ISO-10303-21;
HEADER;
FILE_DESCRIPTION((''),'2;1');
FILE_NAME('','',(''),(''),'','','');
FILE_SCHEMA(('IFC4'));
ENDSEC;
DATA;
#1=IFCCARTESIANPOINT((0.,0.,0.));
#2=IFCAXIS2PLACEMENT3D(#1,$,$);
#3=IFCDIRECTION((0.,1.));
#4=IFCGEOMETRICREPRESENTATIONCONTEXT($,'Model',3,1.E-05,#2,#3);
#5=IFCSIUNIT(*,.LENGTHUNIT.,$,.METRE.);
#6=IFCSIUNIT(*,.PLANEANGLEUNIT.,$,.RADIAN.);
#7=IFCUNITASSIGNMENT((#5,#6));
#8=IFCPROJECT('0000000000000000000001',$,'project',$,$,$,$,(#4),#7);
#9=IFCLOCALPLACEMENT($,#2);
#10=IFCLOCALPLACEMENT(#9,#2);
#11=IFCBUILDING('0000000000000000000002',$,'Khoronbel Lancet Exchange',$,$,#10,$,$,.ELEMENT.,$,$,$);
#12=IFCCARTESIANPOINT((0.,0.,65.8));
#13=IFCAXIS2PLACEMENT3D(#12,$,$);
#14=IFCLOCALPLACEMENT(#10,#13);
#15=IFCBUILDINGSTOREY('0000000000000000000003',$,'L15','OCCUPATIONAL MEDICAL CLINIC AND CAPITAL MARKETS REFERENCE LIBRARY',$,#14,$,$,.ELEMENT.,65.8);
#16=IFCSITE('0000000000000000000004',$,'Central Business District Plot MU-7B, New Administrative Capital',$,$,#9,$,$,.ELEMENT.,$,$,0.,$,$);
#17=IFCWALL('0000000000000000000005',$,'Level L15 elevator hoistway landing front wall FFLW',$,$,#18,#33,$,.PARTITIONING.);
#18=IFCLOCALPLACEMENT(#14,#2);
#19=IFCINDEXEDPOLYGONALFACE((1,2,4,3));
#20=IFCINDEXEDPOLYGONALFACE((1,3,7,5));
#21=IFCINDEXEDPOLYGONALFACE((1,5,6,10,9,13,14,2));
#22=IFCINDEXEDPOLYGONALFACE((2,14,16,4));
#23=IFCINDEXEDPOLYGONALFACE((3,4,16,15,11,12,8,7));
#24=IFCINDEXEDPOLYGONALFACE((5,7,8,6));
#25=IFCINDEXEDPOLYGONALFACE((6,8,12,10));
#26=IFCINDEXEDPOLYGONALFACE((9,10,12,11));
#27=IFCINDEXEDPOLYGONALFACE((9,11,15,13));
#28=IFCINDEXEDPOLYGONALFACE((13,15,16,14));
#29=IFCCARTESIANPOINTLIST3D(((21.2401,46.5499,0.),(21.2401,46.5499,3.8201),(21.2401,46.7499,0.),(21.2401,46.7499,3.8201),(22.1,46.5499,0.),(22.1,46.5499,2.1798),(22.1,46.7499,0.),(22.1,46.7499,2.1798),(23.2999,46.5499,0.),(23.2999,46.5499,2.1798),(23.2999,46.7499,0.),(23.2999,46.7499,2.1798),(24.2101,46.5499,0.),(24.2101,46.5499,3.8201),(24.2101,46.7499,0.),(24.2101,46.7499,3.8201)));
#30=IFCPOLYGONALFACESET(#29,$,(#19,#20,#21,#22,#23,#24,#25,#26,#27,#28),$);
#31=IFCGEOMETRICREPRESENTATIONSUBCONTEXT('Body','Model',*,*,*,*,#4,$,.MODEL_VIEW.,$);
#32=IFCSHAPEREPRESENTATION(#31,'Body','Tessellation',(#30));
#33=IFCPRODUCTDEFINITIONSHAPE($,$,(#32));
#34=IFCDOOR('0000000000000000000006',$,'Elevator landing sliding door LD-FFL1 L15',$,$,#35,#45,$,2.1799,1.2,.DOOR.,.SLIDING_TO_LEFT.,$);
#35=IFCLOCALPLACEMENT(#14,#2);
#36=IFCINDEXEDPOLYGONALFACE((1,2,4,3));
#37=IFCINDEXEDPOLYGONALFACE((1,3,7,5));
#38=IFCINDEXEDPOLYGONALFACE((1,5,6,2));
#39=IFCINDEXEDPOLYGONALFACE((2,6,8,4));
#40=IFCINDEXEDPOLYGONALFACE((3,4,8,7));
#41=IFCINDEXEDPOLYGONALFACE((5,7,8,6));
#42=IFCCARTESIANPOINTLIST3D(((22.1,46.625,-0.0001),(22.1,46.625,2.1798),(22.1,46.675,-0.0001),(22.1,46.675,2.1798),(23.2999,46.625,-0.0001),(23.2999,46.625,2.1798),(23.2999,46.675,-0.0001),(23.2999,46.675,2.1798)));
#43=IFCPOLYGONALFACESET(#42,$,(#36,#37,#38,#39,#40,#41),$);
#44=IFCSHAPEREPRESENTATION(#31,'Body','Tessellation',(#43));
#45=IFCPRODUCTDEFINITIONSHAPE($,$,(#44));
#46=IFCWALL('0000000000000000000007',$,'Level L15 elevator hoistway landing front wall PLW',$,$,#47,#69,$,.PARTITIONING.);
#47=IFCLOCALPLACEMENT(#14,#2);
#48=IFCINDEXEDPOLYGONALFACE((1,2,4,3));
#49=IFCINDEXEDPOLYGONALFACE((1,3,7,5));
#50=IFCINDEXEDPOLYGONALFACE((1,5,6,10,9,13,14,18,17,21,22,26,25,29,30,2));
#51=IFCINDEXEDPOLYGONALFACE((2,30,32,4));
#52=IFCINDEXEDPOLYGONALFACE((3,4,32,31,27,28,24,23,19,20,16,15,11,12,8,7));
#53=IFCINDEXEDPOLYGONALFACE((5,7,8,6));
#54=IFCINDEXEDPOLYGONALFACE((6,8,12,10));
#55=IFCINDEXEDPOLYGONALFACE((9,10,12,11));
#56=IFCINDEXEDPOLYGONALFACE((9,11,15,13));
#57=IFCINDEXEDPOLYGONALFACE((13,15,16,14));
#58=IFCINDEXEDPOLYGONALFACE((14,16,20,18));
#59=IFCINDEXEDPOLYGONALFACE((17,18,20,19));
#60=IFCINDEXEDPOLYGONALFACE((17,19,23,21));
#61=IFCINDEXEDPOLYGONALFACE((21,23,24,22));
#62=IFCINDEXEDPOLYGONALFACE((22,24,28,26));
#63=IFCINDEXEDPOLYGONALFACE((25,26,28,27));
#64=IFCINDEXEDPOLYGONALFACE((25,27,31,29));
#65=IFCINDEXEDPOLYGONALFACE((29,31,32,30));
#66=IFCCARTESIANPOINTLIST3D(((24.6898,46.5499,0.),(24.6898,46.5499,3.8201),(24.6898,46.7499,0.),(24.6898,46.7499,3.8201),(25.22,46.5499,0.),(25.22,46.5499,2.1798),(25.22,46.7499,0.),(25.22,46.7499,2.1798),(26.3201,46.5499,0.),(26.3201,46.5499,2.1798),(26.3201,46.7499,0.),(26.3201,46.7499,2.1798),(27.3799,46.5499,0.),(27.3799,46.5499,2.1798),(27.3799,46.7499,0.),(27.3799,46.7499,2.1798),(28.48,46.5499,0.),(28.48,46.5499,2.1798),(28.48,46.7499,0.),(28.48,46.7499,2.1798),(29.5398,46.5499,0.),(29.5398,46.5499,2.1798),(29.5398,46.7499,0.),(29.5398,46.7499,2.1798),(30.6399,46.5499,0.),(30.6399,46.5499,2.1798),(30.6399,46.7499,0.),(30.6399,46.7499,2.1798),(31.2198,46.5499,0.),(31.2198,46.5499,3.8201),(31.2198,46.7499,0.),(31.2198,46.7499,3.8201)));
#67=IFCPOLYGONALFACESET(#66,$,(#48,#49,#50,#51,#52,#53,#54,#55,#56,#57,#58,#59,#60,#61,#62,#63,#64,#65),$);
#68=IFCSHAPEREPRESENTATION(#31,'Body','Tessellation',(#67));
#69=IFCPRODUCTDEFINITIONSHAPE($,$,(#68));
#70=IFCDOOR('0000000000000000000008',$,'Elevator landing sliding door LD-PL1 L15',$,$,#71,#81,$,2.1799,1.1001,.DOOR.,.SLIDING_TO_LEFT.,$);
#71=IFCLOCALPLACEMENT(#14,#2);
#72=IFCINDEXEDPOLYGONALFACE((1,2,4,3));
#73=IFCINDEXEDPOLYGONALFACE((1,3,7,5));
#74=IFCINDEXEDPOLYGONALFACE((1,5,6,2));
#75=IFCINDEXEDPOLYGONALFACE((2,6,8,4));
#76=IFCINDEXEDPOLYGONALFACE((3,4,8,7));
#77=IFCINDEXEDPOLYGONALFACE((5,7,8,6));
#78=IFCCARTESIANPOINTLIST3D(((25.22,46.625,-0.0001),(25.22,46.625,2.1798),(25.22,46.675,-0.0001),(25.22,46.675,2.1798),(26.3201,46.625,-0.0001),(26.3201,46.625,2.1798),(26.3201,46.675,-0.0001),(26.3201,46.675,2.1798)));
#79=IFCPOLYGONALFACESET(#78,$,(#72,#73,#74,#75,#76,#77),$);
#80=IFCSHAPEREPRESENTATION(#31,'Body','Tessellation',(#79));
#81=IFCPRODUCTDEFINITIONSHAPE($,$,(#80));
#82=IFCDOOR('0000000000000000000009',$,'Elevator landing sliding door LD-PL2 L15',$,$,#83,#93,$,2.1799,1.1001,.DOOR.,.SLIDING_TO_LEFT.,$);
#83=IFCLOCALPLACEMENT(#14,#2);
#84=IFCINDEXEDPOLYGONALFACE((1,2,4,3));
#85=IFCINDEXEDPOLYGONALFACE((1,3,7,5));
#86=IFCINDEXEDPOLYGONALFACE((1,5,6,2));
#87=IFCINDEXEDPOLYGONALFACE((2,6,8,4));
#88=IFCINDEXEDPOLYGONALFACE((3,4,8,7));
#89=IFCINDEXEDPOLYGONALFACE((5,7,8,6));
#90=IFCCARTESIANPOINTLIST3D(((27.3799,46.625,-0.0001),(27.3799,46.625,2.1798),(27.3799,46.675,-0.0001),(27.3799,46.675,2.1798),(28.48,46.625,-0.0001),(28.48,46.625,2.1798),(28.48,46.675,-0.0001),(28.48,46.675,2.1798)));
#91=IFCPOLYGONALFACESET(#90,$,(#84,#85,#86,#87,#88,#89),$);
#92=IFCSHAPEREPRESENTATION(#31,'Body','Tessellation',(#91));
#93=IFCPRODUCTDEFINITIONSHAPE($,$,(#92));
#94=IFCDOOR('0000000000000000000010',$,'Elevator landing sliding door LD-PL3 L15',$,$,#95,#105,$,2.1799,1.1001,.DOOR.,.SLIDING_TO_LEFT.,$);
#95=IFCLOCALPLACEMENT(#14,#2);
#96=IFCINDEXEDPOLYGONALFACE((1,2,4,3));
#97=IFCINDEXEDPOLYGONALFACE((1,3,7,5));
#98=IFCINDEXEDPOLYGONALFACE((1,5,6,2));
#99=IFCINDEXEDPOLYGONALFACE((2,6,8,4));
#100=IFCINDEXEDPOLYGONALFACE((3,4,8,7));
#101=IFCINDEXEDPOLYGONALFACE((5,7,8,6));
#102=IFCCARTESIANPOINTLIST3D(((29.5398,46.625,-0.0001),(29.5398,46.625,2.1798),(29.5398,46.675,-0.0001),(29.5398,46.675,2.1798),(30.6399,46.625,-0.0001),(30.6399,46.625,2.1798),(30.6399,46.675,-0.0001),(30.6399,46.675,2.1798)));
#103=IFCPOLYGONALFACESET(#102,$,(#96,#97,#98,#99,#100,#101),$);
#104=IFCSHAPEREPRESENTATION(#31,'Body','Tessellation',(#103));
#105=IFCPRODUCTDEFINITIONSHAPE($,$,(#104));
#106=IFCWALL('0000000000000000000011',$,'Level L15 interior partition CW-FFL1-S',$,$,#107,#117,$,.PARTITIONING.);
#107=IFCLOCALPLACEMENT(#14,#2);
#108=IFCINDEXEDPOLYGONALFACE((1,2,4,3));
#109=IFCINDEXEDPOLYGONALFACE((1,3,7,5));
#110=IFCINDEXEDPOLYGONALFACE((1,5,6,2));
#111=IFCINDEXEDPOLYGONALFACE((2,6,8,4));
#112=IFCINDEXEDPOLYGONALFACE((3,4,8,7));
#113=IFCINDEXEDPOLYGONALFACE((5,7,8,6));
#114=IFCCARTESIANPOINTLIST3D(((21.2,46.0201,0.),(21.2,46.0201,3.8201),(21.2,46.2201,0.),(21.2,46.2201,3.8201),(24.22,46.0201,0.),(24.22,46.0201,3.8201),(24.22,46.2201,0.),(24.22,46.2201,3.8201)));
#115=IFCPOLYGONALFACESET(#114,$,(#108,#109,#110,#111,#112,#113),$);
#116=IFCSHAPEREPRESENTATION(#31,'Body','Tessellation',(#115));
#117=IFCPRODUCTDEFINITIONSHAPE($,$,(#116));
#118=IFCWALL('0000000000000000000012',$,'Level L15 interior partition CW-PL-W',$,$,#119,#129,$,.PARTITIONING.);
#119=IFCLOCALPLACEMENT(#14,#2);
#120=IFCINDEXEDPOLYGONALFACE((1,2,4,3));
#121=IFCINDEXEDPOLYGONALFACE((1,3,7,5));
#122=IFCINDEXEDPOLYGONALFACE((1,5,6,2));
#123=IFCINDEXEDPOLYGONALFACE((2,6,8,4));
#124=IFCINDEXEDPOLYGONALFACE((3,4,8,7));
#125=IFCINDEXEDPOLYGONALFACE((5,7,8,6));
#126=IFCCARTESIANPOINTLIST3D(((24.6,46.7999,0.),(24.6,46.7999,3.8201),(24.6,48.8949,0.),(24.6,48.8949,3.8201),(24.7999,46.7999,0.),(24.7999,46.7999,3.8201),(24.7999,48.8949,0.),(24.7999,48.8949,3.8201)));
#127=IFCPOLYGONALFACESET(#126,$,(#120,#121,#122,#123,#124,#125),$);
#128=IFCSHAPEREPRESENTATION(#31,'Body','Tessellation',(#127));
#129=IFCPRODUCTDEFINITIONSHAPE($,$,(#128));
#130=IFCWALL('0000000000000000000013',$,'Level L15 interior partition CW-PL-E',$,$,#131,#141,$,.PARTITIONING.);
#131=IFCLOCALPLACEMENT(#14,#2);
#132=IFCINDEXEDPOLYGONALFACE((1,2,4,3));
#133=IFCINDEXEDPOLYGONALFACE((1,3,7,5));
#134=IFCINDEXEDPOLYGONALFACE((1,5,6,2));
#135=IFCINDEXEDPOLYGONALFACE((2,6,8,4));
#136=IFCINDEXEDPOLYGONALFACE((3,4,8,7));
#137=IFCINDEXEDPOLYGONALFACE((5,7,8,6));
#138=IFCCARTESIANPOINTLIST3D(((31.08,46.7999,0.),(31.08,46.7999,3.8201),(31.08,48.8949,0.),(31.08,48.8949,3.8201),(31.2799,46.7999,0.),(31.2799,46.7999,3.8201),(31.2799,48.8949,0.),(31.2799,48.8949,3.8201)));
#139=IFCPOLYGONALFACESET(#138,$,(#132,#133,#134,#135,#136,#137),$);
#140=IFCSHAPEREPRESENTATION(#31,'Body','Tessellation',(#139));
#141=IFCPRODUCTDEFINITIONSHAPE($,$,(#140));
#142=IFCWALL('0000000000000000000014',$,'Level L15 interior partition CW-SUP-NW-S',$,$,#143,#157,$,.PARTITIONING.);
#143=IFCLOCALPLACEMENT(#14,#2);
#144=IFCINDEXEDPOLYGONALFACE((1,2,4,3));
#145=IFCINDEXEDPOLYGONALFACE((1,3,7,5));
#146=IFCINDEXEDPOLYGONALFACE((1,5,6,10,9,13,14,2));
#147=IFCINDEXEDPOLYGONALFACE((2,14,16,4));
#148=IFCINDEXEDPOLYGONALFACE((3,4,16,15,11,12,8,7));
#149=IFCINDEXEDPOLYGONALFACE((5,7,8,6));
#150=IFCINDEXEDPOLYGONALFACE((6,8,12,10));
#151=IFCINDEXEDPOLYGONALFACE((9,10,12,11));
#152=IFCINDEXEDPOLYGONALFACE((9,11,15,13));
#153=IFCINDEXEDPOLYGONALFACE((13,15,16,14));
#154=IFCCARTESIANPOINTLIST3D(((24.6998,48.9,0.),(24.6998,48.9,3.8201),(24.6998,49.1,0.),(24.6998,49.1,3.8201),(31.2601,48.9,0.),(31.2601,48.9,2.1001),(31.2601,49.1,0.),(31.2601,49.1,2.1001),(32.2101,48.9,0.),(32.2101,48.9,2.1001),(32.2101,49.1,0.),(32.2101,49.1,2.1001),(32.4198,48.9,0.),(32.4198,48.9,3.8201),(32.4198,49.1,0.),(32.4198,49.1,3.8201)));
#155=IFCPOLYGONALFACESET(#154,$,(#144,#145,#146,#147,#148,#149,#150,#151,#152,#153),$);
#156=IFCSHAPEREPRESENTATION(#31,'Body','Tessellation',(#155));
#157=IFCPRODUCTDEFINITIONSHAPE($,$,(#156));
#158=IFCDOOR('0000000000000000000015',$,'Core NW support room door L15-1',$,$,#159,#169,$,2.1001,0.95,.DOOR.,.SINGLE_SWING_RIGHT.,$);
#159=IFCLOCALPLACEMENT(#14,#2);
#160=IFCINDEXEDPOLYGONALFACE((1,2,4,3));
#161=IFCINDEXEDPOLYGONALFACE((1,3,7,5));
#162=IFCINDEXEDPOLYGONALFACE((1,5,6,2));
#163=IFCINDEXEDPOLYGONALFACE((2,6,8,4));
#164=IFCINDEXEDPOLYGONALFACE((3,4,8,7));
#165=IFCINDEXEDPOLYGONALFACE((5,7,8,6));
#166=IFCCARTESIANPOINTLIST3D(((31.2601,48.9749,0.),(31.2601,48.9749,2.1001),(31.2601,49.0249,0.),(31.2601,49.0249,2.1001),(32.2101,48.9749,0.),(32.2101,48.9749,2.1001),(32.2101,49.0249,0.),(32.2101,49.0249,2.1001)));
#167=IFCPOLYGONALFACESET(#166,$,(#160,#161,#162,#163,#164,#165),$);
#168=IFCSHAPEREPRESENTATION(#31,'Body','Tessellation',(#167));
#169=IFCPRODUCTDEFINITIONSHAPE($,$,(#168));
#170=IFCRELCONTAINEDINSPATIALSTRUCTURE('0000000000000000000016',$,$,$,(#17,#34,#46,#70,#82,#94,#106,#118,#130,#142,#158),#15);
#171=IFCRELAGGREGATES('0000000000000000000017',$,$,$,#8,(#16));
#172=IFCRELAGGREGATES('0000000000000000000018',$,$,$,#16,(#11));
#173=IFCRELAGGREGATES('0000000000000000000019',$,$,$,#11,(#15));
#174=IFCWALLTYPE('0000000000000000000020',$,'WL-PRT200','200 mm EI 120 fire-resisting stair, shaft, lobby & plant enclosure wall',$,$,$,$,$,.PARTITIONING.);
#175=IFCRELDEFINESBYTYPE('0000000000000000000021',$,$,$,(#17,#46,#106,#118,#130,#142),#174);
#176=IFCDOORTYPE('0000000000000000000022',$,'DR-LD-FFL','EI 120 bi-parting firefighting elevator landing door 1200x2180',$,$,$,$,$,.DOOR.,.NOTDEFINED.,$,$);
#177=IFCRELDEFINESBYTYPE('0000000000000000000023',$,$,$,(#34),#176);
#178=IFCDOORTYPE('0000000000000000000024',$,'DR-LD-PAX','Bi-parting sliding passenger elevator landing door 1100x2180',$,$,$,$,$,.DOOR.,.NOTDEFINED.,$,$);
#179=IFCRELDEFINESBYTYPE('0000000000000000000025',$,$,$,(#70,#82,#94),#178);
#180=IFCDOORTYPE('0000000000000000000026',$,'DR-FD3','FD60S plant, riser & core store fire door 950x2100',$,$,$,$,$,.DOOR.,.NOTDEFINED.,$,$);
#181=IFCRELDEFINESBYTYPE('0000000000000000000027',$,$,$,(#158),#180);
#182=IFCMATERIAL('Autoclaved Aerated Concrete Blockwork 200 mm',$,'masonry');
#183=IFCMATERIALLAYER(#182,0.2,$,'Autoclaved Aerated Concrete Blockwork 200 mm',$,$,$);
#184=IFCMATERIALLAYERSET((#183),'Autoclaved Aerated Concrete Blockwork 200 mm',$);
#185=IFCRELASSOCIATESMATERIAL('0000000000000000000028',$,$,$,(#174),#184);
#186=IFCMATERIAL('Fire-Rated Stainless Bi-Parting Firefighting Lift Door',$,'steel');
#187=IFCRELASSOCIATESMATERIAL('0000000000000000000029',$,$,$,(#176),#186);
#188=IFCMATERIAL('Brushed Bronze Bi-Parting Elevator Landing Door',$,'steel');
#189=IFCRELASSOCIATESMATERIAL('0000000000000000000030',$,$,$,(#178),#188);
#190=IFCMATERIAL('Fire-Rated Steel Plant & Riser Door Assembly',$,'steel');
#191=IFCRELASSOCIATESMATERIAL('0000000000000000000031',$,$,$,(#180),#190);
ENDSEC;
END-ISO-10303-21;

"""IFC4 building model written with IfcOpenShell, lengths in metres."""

from ifc_helpers import new_model, si_unit, direction, frame, frame_2d, origin, place, context, subcontext, project, spatial, rectangle, extrude, material, layer, layer_set, type_object, element, fill, save


model = new_model("IFC4")

# Units and contexts
model_context = context("Model", 3, precision=1e-05, world=origin(), true_north=direction((0.0, 1.0)))
body_context = subcontext(model_context, "Body", "Model", "MODEL_VIEW")
ifc_project = project(units=[si_unit("LENGTHUNIT", "METRE"), si_unit("PLANEANGLEUNIT", "RADIAN")], contexts=[model_context])

# Site, building, storey
site_placement = place(None, origin())
site = spatial("IfcSite", under=ifc_project, at=site_placement, Name="Central Business District Plot MU-7B, New Administrative Capital", CompositionType="ELEMENT", RefElevation=0.0)
building_placement = place(site_placement, origin())
building = spatial("IfcBuilding", under=site, at=building_placement, Name="Khoronbel Lancet Exchange", CompositionType="ELEMENT")
storey_placement = place(building_placement, frame((0.0, 0.0, 65.8)))
storey = spatial("IfcBuildingStorey", under=building, at=storey_placement, Name="L15", Description="OCCUPATIONAL MEDICAL CLINIC AND CAPITAL MARKETS REFERENCE LIBRARY", CompositionType="ELEMENT", Elevation=65.8)

# Wall, opening, door
ifc_material_1 = material(Name="Autoclaved Aerated Concrete Blockwork 200 mm", Category="masonry")
ifc_layer_1 = layer(ifc_material_1, 0.2, Name="Autoclaved Aerated Concrete Blockwork 200 mm")
ifc_layer_set_1 = layer_set([ifc_layer_1], Name="Autoclaved Aerated Concrete Blockwork 200 mm")
wall_type_1 = type_object("IfcWallType", Name="WL-PRT200", Description="200 mm EI 120 fire-resisting stair, shaft, lobby & plant enclosure wall", PredefinedType="PARTITIONING", material=ifc_layer_set_1)
wall_1_placement = place(storey_placement, frame((24.21, 46.6499, 0.0), z_axis=(0.0, 0.0, 1.0), x_axis=(-1.0, 0.0, 0.0)))
wall_1 = element("IfcWall", 1, at=wall_1_placement, inside=storey, type_object=wall_type_1, Name="Level L15 elevator hoistway landing front wall FFLW", PredefinedType="PARTITIONING", context=body_context, shape_type="SweptSolid", body=[
    extrude(rectangle(XDim=2.97, YDim=0.2, at=frame_2d((1.4849, 0.0))), origin(), (0.0, 0.0, 1.0), 3.8201),
])
opening_1_placement = place(wall_1_placement, frame((0.9099, 0.0, 0.0)))
opening_1 = element("IfcOpeningElement", 2, at=opening_1_placement, cuts=wall_1, PredefinedType="OPENING", context=body_context, shape_type="SweptSolid", body=[
    extrude(rectangle(XDim=1.2, YDim=2.1799, at=frame_2d((0.6001, 1.0898))), frame((0.0, 0.1099, 0.0), z_axis=(0.0, -1.0, 0.0), x_axis=(1.0, 0.0, 0.0)), (0.0, 0.0, 1.0), 0.22),
])
ifc_material_2 = material(Name="Fire-Rated Stainless Bi-Parting Firefighting Lift Door", Category="steel")
door_type_1 = type_object("IfcDoorType", Name="DR-LD-FFL", Description="EI 120 bi-parting firefighting elevator landing door 1200x2180", OperationType="NOTDEFINED", PredefinedType="DOOR", material=ifc_material_2)
door_1_placement = place(opening_1_placement, origin())
door_1 = element("IfcDoor", 3, at=door_1_placement, inside=storey, type_object=door_type_1, Name="Elevator landing sliding door LD-FFL1 L15", OperationType="SLIDING_TO_LEFT", OverallHeight=2.1799, OverallWidth=1.2, PredefinedType="DOOR", context=body_context, shape_type="SweptSolid", body=[
    extrude(rectangle(XDim=1.2, YDim=2.1799, at=frame_2d((0.6001, 1.0898))), frame((0.0, 0.0249, 0.0), z_axis=(0.0, -1.0, 0.0), x_axis=(1.0, 0.0, 0.0)), (0.0, 0.0, 1.0), 0.05),
])
fill(opening_1, door_1)

# Wall, openings, doors
wall_2_placement = place(storey_placement, frame((31.22, 46.6499, 0.0), z_axis=(0.0, 0.0, 1.0), x_axis=(-1.0, 0.0, 0.0)))
wall_2 = element("IfcWall", 4, at=wall_2_placement, inside=storey, type_object=wall_type_1, Name="Level L15 elevator hoistway landing front wall PLW", PredefinedType="PARTITIONING", context=body_context, shape_type="SweptSolid", body=[
    extrude(rectangle(XDim=6.53, YDim=0.2, at=frame_2d((3.2651, 0.0))), origin(), (0.0, 0.0, 1.0), 3.8201),
])
opening_2_placement = place(wall_2_placement, frame((4.8999, 0.0, 0.0)))
opening_2 = element("IfcOpeningElement", 5, at=opening_2_placement, cuts=wall_2, PredefinedType="OPENING", context=body_context, shape_type="SweptSolid", body=[
    extrude(rectangle(XDim=1.1001, YDim=2.1799, at=frame_2d((0.55, 1.0898))), frame((0.0, 0.1099, 0.0), z_axis=(0.0, -1.0, 0.0), x_axis=(1.0, 0.0, 0.0)), (0.0, 0.0, 1.0), 0.22),
])
opening_3_placement = place(wall_2_placement, frame((2.74, 0.0, 0.0)))
opening_3 = element("IfcOpeningElement", 6, at=opening_3_placement, cuts=wall_2, PredefinedType="OPENING", context=body_context, shape_type="SweptSolid", body=[
    extrude(rectangle(XDim=1.1001, YDim=2.1799, at=frame_2d((0.55, 1.0898))), frame((0.0, 0.1099, 0.0), z_axis=(0.0, -1.0, 0.0), x_axis=(1.0, 0.0, 0.0)), (0.0, 0.0, 1.0), 0.22),
])
opening_4_placement = place(wall_2_placement, frame((0.5801, 0.0, 0.0)))
opening_4 = element("IfcOpeningElement", 7, at=opening_4_placement, cuts=wall_2, PredefinedType="OPENING", context=body_context, shape_type="SweptSolid", body=[
    extrude(rectangle(XDim=1.1001, YDim=2.1799, at=frame_2d((0.55, 1.0898))), frame((0.0, 0.1099, 0.0), z_axis=(0.0, -1.0, 0.0), x_axis=(1.0, 0.0, 0.0)), (0.0, 0.0, 1.0), 0.22),
])
ifc_material_3 = material(Name="Brushed Bronze Bi-Parting Elevator Landing Door", Category="steel")
door_type_2 = type_object("IfcDoorType", Name="DR-LD-PAX", Description="Bi-parting sliding passenger elevator landing door 1100x2180", OperationType="NOTDEFINED", PredefinedType="DOOR", material=ifc_material_3)
door_2_placement = place(opening_2_placement, origin())
door_2 = element("IfcDoor", 8, at=door_2_placement, inside=storey, type_object=door_type_2, Name="Elevator landing sliding door LD-PL1 L15", OperationType="SLIDING_TO_LEFT", OverallHeight=2.1799, OverallWidth=1.1001, PredefinedType="DOOR", context=body_context, shape_type="SweptSolid", body=[
    extrude(rectangle(XDim=1.1001, YDim=2.1799, at=frame_2d((0.55, 1.0898))), frame((0.0, 0.0249, 0.0), z_axis=(0.0, -1.0, 0.0), x_axis=(1.0, 0.0, 0.0)), (0.0, 0.0, 1.0), 0.05),
])
fill(opening_2, door_2)
door_3_placement = place(opening_3_placement, origin())
door_3 = element("IfcDoor", 9, at=door_3_placement, inside=storey, type_object=door_type_2, Name="Elevator landing sliding door LD-PL2 L15", OperationType="SLIDING_TO_LEFT", OverallHeight=2.1799, OverallWidth=1.1001, PredefinedType="DOOR", context=body_context, shape_type="SweptSolid", body=[
    extrude(rectangle(XDim=1.1001, YDim=2.1799, at=frame_2d((0.55, 1.0898))), frame((0.0, 0.0249, 0.0), z_axis=(0.0, -1.0, 0.0), x_axis=(1.0, 0.0, 0.0)), (0.0, 0.0, 1.0), 0.05),
])
fill(opening_3, door_3)
door_4_placement = place(opening_4_placement, origin())
door_4 = element("IfcDoor", 10, at=door_4_placement, inside=storey, type_object=door_type_2, Name="Elevator landing sliding door LD-PL3 L15", OperationType="SLIDING_TO_LEFT", OverallHeight=2.1799, OverallWidth=1.1001, PredefinedType="DOOR", context=body_context, shape_type="SweptSolid", body=[
    extrude(rectangle(XDim=1.1001, YDim=2.1799, at=frame_2d((0.55, 1.0898))), frame((0.0, 0.0249, 0.0), z_axis=(0.0, -1.0, 0.0), x_axis=(1.0, 0.0, 0.0)), (0.0, 0.0, 1.0), 0.05),
])
fill(opening_4, door_4)

# Walls
wall_3_placement = place(storey_placement, frame((21.2, 46.1201, 0.0), z_axis=(0.0, 0.0, 1.0), x_axis=(1.0, 0.0, 0.0)))
element("IfcWall", 11, at=wall_3_placement, inside=storey, type_object=wall_type_1, Name="Level L15 interior partition CW-FFL1-S", PredefinedType="PARTITIONING", context=body_context, shape_type="SweptSolid", body=[
    extrude(rectangle(XDim=3.02, YDim=0.2, at=frame_2d((1.51, 0.0))), origin(), (0.0, 0.0, 1.0), 3.8201),
])
for number, where, z_axis, x_axis, name in (
    (12, (24.7, 46.8, 0.0), (0.0, 0.0, 1.0), (0.0, 1.0, 0.0), "Level L15 interior partition CW-PL-W"),
    (13, (31.1799, 46.8, 0.0), (0.0, 0.0, 1.0), (0.0, 1.0, 0.0), "Level L15 interior partition CW-PL-E"),
):
    element("IfcWall", number, at=place(storey_placement, frame(where, z_axis=z_axis, x_axis=x_axis)), inside=storey, type_object=wall_type_1, Name=name, PredefinedType="PARTITIONING", context=body_context, shape_type="SweptSolid", body=[
        extrude(rectangle(XDim=2.095, YDim=0.2, at=frame_2d((1.0474, 0.0))), origin(), (0.0, 0.0, 1.0), 3.8201),
    ])

# Wall, opening, door
wall_4_placement = place(storey_placement, frame((24.7, 49.0, 0.0), z_axis=(0.0, 0.0, 1.0), x_axis=(1.0, 0.0, 0.0)))
wall_4 = element("IfcWall", 14, at=wall_4_placement, inside=storey, type_object=wall_type_1, Name="Level L15 interior partition CW-SUP-NW-S", PredefinedType="PARTITIONING", context=body_context, shape_type="SweptSolid", body=[
    extrude(rectangle(XDim=7.72, YDim=0.2, at=frame_2d((3.8599, 0.0))), origin(), (0.0, 0.0, 1.0), 3.8201),
])
opening_5_placement = place(wall_4_placement, frame((6.5601, 0.0, 0.0)))
opening_5 = element("IfcOpeningElement", 15, at=opening_5_placement, cuts=wall_4, PredefinedType="OPENING", context=body_context, shape_type="SweptSolid", body=[
    extrude(rectangle(XDim=0.95, YDim=2.1001, at=frame_2d((0.4751, 1.05))), frame((0.0, 0.1099, 0.0), z_axis=(0.0, -1.0, 0.0), x_axis=(1.0, 0.0, 0.0)), (0.0, 0.0, 1.0), 0.22),
])
ifc_material_4 = material(Name="Fire-Rated Steel Plant & Riser Door Assembly", Category="steel")
door_type_3 = type_object("IfcDoorType", Name="DR-FD3", Description="FD60S plant, riser & core store fire door 950x2100", OperationType="NOTDEFINED", PredefinedType="DOOR", material=ifc_material_4)
door_5_placement = place(opening_5_placement, origin())
door_5 = element("IfcDoor", 16, at=door_5_placement, inside=storey, type_object=door_type_3, Name="Core NW support room door L15-1", OperationType="SINGLE_SWING_RIGHT", OverallHeight=2.1001, OverallWidth=0.95, PredefinedType="DOOR", context=body_context, shape_type="SweptSolid", body=[
    extrude(rectangle(XDim=0.95, YDim=2.1001, at=frame_2d((0.4751, 1.05))), frame((0.0, 0.0249, 0.0), z_axis=(0.0, -1.0, 0.0), x_axis=(1.0, 0.0, 0.0)), (0.0, 0.0, 1.0), 0.05),
])
fill(opening_5, door_5)

save(model, "model.ifc")
